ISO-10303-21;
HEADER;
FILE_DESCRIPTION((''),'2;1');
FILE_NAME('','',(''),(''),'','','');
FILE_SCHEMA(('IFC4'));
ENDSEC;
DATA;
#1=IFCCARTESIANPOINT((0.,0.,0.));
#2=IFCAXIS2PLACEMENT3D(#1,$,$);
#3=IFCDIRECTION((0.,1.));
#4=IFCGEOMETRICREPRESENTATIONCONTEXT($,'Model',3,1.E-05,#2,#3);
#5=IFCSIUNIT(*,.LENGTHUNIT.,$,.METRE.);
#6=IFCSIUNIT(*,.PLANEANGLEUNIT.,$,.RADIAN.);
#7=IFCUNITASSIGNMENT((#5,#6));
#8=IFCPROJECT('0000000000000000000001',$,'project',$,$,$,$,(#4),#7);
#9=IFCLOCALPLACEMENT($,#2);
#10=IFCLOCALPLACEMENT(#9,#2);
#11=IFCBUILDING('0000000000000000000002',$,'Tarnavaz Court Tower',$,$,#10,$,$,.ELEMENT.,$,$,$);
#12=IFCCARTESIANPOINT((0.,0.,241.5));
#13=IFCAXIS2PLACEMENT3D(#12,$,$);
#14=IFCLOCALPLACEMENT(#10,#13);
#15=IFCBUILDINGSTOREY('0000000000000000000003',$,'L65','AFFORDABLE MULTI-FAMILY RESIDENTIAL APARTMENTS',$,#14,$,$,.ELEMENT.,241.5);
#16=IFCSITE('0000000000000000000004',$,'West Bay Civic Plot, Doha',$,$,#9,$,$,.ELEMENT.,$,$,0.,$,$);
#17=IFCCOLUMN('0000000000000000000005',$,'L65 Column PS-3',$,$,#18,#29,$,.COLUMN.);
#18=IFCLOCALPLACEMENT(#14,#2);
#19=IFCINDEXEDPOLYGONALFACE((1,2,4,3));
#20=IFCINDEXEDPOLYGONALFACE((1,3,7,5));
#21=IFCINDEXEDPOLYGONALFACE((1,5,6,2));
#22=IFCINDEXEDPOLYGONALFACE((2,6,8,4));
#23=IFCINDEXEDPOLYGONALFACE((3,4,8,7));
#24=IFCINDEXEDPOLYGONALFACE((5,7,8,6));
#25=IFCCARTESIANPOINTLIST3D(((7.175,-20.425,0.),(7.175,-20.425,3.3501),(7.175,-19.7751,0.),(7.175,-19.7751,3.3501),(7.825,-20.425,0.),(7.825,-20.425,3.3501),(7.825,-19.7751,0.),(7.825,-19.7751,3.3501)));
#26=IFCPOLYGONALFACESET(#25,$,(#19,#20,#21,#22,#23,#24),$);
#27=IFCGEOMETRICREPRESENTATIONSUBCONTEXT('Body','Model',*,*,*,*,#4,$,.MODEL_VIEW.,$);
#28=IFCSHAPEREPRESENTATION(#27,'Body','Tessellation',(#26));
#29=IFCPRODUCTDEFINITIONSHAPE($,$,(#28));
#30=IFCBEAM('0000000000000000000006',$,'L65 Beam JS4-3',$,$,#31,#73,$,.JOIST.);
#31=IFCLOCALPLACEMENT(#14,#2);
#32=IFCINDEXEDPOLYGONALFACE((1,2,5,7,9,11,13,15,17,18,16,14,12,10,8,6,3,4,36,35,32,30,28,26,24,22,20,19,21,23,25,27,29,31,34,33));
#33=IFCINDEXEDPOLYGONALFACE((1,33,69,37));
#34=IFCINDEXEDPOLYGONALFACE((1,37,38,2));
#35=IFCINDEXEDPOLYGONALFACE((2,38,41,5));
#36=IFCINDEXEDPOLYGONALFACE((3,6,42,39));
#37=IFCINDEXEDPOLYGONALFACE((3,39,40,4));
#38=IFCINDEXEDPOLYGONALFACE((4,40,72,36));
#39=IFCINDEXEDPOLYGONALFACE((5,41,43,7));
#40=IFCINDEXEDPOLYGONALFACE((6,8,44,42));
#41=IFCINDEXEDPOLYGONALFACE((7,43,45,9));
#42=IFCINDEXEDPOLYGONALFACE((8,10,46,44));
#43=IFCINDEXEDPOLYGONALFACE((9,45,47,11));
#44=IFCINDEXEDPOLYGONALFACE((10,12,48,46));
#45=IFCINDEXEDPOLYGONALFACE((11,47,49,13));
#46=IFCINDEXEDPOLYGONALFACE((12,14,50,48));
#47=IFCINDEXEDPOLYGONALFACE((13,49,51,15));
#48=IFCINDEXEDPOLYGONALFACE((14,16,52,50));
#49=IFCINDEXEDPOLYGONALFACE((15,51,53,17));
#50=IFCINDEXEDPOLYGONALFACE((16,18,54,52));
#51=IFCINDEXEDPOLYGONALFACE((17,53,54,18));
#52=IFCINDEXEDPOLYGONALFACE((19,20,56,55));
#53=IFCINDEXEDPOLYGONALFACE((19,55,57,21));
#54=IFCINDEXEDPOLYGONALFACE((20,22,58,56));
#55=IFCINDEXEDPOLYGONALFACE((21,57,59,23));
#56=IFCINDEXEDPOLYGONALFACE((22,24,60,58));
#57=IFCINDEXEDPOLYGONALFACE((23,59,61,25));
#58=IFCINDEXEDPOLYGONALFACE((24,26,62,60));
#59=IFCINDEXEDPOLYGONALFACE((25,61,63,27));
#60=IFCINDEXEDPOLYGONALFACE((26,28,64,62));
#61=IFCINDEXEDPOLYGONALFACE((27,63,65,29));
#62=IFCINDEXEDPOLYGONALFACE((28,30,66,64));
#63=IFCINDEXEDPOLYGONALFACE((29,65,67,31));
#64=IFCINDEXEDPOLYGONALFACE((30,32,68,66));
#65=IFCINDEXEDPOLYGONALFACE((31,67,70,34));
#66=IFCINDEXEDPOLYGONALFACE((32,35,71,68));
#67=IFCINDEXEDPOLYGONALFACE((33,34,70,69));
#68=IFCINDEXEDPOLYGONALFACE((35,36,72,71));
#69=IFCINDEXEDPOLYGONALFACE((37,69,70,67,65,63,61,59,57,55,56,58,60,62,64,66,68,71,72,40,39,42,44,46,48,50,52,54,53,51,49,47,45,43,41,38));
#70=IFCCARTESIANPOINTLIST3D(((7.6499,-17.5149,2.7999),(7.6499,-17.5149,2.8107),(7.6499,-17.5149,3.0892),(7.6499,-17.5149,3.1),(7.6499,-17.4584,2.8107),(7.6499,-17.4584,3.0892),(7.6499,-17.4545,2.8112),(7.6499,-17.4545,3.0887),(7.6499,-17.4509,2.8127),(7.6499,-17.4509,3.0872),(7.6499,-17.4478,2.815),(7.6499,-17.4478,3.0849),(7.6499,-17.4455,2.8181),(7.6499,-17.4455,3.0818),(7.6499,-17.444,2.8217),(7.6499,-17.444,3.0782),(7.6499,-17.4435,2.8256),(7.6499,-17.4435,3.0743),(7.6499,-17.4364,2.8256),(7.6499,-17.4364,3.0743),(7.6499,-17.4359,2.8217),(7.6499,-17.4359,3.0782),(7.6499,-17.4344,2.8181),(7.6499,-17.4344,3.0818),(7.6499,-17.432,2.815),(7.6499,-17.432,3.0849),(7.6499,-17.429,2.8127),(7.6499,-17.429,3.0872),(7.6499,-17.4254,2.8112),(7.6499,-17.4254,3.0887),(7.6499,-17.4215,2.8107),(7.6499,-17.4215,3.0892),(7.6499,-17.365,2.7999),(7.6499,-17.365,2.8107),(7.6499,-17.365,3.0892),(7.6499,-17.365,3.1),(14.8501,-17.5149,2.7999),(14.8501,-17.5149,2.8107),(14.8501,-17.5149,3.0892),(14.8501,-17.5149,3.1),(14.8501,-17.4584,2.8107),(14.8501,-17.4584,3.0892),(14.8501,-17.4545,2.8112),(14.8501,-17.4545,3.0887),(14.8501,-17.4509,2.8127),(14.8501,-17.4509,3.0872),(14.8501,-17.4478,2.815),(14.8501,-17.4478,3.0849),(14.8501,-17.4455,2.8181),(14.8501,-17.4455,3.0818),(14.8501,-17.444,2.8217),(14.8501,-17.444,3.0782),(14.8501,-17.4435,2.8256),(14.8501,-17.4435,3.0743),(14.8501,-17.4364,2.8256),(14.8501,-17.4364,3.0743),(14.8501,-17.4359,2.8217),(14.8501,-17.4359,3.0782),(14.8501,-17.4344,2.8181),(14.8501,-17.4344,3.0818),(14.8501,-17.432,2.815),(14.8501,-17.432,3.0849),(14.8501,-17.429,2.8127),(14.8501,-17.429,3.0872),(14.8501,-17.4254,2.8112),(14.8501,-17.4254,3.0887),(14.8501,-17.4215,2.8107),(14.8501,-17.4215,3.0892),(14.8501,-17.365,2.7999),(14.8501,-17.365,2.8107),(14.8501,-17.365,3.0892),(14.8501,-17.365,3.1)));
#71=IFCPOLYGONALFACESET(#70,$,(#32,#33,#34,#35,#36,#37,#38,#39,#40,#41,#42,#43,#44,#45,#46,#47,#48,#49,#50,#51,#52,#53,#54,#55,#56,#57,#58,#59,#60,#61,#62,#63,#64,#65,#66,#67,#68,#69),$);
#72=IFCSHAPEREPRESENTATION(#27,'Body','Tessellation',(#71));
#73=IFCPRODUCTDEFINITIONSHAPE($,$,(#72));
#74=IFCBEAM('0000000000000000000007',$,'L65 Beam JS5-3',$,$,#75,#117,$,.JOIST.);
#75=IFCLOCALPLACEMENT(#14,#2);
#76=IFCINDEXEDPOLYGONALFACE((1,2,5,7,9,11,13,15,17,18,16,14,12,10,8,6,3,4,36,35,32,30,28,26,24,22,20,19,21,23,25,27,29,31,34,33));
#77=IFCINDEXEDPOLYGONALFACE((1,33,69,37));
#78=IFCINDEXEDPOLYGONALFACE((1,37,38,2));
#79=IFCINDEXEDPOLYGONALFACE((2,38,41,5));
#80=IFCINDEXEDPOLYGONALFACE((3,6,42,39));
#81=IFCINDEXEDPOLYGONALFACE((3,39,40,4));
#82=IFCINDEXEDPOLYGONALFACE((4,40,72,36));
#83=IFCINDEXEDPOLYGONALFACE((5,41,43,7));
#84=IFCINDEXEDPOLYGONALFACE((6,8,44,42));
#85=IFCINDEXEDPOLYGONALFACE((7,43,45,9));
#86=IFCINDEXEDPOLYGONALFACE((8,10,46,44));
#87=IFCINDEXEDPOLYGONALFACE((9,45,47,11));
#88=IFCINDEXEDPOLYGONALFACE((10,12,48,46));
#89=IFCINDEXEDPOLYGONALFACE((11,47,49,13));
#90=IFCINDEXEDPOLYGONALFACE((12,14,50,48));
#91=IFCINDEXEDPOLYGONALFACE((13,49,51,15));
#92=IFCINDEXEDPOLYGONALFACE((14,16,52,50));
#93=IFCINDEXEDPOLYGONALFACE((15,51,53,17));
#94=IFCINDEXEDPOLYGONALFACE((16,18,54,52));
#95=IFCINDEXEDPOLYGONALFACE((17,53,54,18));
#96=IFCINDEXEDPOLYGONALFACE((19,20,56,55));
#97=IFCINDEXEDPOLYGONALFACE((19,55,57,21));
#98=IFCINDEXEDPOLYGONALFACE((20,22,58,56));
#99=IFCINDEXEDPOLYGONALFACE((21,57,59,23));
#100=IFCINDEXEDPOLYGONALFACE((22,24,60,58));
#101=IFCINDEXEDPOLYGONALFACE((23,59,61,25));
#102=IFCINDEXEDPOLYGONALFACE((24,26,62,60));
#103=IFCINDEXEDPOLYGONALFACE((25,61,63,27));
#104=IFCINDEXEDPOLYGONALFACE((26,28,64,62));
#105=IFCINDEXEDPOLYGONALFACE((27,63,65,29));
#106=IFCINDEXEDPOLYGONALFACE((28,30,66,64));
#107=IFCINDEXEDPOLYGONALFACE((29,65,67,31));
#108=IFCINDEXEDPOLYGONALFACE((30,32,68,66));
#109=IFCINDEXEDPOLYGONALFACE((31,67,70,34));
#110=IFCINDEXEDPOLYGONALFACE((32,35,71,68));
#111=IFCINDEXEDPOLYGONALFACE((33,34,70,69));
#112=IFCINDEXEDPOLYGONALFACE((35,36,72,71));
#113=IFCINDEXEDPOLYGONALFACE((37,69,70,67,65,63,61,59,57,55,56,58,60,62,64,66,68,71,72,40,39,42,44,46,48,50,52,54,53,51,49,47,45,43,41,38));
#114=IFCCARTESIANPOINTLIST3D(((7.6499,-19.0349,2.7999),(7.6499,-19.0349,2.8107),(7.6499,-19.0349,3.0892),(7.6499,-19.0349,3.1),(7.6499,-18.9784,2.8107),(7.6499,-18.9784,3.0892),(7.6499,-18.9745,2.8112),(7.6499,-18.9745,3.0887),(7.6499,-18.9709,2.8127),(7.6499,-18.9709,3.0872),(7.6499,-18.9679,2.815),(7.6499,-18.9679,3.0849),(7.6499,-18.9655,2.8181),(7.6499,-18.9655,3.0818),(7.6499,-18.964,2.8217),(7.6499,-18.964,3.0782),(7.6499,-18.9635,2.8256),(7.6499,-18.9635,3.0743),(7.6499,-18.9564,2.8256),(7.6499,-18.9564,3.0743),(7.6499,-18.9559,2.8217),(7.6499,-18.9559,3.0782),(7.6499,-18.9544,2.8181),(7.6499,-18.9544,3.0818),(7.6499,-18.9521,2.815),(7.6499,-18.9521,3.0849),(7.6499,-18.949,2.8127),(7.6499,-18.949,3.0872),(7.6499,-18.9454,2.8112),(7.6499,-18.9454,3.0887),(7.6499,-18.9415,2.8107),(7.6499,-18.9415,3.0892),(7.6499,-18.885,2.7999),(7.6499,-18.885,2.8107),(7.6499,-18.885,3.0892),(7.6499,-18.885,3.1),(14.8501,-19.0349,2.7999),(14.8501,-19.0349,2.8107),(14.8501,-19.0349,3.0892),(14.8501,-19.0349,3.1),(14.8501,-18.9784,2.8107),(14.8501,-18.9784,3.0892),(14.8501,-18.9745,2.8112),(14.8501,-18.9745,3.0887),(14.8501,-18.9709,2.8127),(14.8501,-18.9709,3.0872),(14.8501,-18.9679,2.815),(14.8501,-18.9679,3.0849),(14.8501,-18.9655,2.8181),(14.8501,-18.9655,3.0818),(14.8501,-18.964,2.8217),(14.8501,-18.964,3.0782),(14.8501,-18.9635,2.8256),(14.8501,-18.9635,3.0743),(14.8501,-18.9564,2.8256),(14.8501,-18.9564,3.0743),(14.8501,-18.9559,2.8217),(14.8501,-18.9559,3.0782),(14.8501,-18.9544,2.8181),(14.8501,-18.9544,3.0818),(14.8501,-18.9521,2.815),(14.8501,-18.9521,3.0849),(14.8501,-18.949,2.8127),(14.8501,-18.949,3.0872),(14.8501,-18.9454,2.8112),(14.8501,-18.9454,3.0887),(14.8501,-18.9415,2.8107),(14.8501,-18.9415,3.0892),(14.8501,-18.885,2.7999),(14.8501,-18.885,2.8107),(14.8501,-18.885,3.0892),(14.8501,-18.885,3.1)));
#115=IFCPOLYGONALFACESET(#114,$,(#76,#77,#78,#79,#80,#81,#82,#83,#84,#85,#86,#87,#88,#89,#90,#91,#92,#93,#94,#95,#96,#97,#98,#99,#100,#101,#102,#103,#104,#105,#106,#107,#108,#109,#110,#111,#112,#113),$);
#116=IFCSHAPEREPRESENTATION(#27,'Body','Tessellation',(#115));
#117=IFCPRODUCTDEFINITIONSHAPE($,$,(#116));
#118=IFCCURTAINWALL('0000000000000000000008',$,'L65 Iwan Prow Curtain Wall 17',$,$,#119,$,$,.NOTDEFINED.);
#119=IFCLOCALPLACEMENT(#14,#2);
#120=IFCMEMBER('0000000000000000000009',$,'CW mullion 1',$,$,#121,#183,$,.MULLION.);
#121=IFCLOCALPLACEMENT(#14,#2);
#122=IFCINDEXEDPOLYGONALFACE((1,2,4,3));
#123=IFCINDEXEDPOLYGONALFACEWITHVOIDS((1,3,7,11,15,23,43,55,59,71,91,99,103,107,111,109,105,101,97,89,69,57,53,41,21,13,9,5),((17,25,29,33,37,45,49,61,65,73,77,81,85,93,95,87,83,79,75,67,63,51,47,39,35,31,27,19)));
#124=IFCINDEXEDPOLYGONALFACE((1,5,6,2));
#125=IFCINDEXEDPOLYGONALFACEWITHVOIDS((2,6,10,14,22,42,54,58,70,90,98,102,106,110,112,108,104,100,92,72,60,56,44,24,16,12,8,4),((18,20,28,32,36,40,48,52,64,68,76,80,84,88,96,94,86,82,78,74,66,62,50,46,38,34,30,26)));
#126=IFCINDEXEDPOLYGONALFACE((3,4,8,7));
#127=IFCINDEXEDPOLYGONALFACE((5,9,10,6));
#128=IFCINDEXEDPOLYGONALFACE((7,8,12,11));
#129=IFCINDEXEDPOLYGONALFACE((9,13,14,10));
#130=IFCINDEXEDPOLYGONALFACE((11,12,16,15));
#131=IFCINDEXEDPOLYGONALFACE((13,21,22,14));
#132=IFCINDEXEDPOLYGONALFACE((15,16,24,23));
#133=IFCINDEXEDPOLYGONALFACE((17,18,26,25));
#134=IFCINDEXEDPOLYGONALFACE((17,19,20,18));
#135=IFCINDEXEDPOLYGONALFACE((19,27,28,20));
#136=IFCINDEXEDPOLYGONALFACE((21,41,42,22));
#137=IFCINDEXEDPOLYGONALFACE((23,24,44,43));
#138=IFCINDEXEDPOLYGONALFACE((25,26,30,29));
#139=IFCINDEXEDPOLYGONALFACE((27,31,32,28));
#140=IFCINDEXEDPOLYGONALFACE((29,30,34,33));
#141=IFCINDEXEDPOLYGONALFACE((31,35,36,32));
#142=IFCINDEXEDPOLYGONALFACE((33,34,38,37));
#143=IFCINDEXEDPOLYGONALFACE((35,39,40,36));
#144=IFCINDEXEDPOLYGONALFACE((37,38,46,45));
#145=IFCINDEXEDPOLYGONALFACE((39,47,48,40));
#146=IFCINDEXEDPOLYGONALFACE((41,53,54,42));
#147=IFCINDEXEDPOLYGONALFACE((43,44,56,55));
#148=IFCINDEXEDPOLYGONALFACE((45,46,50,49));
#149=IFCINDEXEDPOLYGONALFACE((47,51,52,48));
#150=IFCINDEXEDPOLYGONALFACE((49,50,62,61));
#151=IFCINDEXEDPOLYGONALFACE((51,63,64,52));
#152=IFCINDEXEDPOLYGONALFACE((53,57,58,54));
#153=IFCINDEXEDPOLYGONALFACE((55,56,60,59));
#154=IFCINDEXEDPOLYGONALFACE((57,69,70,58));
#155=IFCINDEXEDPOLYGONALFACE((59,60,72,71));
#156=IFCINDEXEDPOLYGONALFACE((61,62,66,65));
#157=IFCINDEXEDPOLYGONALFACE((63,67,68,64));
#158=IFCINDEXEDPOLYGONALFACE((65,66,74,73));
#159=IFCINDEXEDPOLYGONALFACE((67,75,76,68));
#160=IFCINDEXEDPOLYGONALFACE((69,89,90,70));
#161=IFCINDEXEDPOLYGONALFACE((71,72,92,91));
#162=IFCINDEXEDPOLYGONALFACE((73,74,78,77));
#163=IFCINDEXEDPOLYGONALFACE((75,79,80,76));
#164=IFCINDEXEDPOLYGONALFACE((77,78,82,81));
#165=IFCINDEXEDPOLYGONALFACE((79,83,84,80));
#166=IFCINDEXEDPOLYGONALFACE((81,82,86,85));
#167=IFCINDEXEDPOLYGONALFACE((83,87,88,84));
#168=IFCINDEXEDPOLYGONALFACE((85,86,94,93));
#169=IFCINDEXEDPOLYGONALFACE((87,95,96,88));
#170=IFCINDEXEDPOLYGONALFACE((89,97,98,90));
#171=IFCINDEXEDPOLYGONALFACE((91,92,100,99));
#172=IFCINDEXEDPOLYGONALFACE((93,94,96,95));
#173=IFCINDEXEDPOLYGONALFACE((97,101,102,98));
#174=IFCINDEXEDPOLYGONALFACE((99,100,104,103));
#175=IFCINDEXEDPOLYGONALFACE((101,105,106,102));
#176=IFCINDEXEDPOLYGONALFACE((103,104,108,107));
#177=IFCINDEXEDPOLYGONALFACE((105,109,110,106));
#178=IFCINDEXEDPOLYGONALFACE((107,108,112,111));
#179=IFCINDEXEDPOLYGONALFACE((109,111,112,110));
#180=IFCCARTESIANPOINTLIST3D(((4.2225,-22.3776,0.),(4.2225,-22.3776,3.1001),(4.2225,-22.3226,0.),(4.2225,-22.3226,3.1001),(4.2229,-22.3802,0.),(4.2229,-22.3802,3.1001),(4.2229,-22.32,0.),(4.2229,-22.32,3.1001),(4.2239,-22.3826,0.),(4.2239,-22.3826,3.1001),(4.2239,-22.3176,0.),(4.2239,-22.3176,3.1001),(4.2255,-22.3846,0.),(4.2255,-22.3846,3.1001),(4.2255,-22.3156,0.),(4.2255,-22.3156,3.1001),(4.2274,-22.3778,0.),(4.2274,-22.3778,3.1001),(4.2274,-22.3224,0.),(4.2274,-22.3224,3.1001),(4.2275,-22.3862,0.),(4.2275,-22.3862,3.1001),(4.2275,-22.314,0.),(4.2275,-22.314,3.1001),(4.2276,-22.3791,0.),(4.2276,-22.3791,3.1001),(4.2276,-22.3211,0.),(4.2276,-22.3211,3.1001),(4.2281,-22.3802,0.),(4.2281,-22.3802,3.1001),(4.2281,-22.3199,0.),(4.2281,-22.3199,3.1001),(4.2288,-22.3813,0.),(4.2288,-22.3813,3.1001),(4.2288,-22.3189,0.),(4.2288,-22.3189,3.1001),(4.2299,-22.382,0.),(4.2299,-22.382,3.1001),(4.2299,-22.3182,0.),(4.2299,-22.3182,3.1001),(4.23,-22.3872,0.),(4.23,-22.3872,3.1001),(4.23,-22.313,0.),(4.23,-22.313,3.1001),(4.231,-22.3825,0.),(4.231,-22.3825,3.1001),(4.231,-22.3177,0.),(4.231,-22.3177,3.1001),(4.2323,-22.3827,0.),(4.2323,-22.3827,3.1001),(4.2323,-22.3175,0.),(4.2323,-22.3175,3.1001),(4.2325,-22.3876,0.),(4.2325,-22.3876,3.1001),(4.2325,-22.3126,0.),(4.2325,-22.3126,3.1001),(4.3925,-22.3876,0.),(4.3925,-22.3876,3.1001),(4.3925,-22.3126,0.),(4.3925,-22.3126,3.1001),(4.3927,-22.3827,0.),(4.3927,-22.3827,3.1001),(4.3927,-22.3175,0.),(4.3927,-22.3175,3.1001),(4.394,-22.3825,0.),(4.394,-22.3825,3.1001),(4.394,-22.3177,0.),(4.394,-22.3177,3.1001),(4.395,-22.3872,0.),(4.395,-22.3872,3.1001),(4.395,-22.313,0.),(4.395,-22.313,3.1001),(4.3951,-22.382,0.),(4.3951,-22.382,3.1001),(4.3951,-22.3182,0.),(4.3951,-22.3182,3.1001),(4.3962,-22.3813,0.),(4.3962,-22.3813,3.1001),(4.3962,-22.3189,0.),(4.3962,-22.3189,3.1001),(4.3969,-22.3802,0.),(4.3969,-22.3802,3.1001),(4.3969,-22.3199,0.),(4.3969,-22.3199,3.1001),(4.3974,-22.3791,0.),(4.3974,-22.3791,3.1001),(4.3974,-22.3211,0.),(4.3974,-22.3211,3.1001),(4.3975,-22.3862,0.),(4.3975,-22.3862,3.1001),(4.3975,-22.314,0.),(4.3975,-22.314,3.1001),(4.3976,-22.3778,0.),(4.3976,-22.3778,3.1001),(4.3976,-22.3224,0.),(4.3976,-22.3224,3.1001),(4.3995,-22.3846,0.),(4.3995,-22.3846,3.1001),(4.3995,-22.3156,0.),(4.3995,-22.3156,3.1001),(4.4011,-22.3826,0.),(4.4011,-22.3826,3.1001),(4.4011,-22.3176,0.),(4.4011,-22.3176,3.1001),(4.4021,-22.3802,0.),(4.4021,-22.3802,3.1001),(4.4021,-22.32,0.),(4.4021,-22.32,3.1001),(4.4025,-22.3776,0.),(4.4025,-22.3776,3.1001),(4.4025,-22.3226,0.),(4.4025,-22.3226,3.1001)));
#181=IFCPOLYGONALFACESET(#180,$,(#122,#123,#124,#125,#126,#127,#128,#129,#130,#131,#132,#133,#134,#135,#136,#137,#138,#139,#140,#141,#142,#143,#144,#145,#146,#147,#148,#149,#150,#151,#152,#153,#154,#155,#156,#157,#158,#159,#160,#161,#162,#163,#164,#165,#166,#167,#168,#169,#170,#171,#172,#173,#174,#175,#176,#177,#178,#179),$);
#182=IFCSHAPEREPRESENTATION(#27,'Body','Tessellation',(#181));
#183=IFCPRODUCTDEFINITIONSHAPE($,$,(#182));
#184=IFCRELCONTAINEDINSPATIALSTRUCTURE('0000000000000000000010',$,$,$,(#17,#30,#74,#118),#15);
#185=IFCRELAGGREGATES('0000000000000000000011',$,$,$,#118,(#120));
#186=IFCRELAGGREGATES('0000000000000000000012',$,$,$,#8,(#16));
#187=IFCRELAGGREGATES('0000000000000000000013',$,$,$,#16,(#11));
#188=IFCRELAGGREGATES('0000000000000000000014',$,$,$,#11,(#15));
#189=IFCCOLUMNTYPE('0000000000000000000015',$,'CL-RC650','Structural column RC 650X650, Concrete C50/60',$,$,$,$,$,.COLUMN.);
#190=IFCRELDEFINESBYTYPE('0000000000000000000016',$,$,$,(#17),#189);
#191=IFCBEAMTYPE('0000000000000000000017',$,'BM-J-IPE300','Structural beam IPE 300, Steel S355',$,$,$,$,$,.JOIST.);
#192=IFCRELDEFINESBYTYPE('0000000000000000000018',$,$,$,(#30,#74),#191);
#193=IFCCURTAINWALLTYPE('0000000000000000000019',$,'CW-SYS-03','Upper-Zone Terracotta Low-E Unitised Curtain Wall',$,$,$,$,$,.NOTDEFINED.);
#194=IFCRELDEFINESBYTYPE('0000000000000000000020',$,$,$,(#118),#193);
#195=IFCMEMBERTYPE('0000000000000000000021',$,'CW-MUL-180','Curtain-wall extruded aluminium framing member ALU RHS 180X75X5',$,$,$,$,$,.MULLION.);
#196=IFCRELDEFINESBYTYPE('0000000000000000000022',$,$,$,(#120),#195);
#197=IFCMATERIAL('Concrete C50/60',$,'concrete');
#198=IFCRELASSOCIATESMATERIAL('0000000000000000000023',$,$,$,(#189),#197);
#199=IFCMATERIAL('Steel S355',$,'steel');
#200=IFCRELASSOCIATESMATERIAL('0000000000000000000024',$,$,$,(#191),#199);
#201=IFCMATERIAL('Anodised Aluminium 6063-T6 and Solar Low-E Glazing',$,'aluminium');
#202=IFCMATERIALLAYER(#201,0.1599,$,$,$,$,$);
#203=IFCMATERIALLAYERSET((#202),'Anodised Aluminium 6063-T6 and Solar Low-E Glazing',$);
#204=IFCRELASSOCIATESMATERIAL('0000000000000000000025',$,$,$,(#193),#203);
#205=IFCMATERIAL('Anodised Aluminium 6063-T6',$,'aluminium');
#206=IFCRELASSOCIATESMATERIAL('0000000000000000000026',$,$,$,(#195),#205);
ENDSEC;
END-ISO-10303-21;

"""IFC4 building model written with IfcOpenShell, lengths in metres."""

from ifc_helpers import new_model, si_unit, direction, frame, origin, origin_2d, place, context, subcontext, project, spatial, rectangle, hollow_rectangle, i_section, extrude, material, layer, layer_set, material_profile, profile_set, type_object, element, aggregate, save


model = new_model("IFC4")

# Units and contexts
model_context = context("Model", 3, precision=1e-05, world=origin(), true_north=direction((0.0, 1.0)))
body_context = subcontext(model_context, "Body", "Model", "MODEL_VIEW")
ifc_project = project(units=[si_unit("LENGTHUNIT", "METRE"), si_unit("PLANEANGLEUNIT", "RADIAN")], contexts=[model_context])

# Site, building, storey
site_placement = place(None, origin())
site = spatial("IfcSite", under=ifc_project, at=site_placement, Name="West Bay Civic Plot, Doha", CompositionType="ELEMENT", RefElevation=0.0)
building_placement = place(site_placement, origin())
building = spatial("IfcBuilding", under=site, at=building_placement, Name="Tarnavaz Court Tower", CompositionType="ELEMENT")
storey_placement = place(building_placement, frame((0.0, 0.0, 241.5)))
storey = spatial("IfcBuildingStorey", under=building, at=storey_placement, Name="L65", Description="AFFORDABLE MULTI-FAMILY RESIDENTIAL APARTMENTS", CompositionType="ELEMENT", Elevation=241.5)

# Column
ifc_material_1 = material(Name="Concrete C50/60", Category="concrete")
ifc_material_profile_1 = material_profile(ifc_material_1, rectangle(XDim=0.6499, YDim=0.6499, at=origin_2d()), Name="RC 650X650")
ifc_profile_set_1 = profile_set([ifc_material_profile_1], Name="Concrete C50/60")
column_type = type_object("IfcColumnType", Name="CL-RC650", Description="Structural column RC 650X650, Concrete C50/60", PredefinedType="COLUMN", material=ifc_profile_set_1)
column_placement = place(storey_placement, frame((7.5, -20.1001, 0.0), z_axis=(0.0, 0.0, 1.0), x_axis=(1.0, 0.0, 0.0)))
element("IfcColumn", 1, at=column_placement, inside=storey, type_object=column_type, Name="L65 Column PS-3", PredefinedType="COLUMN", context=body_context, shape_type="SweptSolid", body=[
    extrude(rectangle(XDim=0.6499, YDim=0.6499, at=origin_2d()), origin(), (0.0, 0.0, 1.0), 3.3501),
])

# Beams
ifc_material_2 = material(Name="Steel S355", Category="steel")
ifc_material_profile_2 = material_profile(ifc_material_2, i_section(OverallWidth=0.1499, OverallDepth=0.3, WebThickness=0.0071, FlangeThickness=0.0107, FilletRadius=0.0149, at=origin_2d()), Name="IPE 300")
ifc_profile_set_2 = profile_set([ifc_material_profile_2], Name="Steel S355")
beam_type = type_object("IfcBeamType", Name="BM-J-IPE300", Description="Structural beam IPE 300, Steel S355", PredefinedType="JOIST", material=ifc_profile_set_2)
for number, where, z_axis, x_axis, name in (
    (2, (7.6499, -17.4399, 2.95), (1.0, 0.0, 0.0), (0.0, 1.0, 0.0), "L65 Beam JS4-3"),
    (3, (7.6499, -18.96, 2.95), (1.0, 0.0, 0.0), (0.0, 1.0, 0.0), "L65 Beam JS5-3"),
):
    element("IfcBeam", number, at=place(storey_placement, frame(where, z_axis=z_axis, x_axis=x_axis)), inside=storey, type_object=beam_type, Name=name, PredefinedType="JOIST", context=body_context, shape_type="SweptSolid", body=[
        extrude(i_section(OverallWidth=0.1499, OverallDepth=0.3, WebThickness=0.0071, FlangeThickness=0.0107, FilletRadius=0.0149, at=origin_2d()), origin(), (0.0, 0.0, 1.0), 7.2002),
    ])

# Curtain wall, member
ifc_material_3 = material(Name="Anodised Aluminium 6063-T6 and Solar Low-E Glazing", Category="aluminium")
ifc_layer_1 = layer(ifc_material_3, 0.1599)
ifc_layer_set_1 = layer_set([ifc_layer_1], Name="Anodised Aluminium 6063-T6 and Solar Low-E Glazing")
curtain_wall_type = type_object("IfcCurtainWallType", Name="CW-SYS-03", Description="Upper-Zone Terracotta Low-E Unitised Curtain Wall", PredefinedType="NOTDEFINED", material=ifc_layer_set_1)
curtain_wall_placement = place(storey_placement, origin())
curtain_wall = element("IfcCurtainWall", 4, at=curtain_wall_placement, inside=storey, type_object=curtain_wall_type, Name="L65 Iwan Prow Curtain Wall 17", PredefinedType="NOTDEFINED")
ifc_material_4 = material(Name="Anodised Aluminium 6063-T6", Category="aluminium")
ifc_material_profile_3 = material_profile(ifc_material_4, hollow_rectangle(XDim=0.075, YDim=0.1799, WallThickness=0.0049, InnerFilletRadius=0.0049, OuterFilletRadius=0.01, at=origin_2d()), Name="ALU RHS 180X75X5")
ifc_profile_set_3 = profile_set([ifc_material_profile_3], Name="Anodised Aluminium 6063-T6")
member_type_1 = type_object("IfcMemberType", Name="CW-MUL-180", Description="Curtain-wall extruded aluminium framing member ALU RHS 180X75X5", PredefinedType="MULLION", material=ifc_profile_set_3)
member_1_placement = place(storey_placement, frame((4.3125, -22.3501, 0.0), z_axis=(0.0, 0.0, 1.0), x_axis=(0.0, -1.0, 0.0)))
member_1 = element("IfcMember", 5, at=member_1_placement, type_object=member_type_1, Name="CW mullion 1", PredefinedType="MULLION", context=body_context, shape_type="SweptSolid", body=[
    extrude(hollow_rectangle(XDim=0.075, YDim=0.1799, WallThickness=0.0049, InnerFilletRadius=0.0049, OuterFilletRadius=0.01, at=origin_2d()), origin(), (0.0, 0.0, 1.0), 3.1001),
])
aggregate(curtain_wall, [member_1])

save(model, "model.ifc")
